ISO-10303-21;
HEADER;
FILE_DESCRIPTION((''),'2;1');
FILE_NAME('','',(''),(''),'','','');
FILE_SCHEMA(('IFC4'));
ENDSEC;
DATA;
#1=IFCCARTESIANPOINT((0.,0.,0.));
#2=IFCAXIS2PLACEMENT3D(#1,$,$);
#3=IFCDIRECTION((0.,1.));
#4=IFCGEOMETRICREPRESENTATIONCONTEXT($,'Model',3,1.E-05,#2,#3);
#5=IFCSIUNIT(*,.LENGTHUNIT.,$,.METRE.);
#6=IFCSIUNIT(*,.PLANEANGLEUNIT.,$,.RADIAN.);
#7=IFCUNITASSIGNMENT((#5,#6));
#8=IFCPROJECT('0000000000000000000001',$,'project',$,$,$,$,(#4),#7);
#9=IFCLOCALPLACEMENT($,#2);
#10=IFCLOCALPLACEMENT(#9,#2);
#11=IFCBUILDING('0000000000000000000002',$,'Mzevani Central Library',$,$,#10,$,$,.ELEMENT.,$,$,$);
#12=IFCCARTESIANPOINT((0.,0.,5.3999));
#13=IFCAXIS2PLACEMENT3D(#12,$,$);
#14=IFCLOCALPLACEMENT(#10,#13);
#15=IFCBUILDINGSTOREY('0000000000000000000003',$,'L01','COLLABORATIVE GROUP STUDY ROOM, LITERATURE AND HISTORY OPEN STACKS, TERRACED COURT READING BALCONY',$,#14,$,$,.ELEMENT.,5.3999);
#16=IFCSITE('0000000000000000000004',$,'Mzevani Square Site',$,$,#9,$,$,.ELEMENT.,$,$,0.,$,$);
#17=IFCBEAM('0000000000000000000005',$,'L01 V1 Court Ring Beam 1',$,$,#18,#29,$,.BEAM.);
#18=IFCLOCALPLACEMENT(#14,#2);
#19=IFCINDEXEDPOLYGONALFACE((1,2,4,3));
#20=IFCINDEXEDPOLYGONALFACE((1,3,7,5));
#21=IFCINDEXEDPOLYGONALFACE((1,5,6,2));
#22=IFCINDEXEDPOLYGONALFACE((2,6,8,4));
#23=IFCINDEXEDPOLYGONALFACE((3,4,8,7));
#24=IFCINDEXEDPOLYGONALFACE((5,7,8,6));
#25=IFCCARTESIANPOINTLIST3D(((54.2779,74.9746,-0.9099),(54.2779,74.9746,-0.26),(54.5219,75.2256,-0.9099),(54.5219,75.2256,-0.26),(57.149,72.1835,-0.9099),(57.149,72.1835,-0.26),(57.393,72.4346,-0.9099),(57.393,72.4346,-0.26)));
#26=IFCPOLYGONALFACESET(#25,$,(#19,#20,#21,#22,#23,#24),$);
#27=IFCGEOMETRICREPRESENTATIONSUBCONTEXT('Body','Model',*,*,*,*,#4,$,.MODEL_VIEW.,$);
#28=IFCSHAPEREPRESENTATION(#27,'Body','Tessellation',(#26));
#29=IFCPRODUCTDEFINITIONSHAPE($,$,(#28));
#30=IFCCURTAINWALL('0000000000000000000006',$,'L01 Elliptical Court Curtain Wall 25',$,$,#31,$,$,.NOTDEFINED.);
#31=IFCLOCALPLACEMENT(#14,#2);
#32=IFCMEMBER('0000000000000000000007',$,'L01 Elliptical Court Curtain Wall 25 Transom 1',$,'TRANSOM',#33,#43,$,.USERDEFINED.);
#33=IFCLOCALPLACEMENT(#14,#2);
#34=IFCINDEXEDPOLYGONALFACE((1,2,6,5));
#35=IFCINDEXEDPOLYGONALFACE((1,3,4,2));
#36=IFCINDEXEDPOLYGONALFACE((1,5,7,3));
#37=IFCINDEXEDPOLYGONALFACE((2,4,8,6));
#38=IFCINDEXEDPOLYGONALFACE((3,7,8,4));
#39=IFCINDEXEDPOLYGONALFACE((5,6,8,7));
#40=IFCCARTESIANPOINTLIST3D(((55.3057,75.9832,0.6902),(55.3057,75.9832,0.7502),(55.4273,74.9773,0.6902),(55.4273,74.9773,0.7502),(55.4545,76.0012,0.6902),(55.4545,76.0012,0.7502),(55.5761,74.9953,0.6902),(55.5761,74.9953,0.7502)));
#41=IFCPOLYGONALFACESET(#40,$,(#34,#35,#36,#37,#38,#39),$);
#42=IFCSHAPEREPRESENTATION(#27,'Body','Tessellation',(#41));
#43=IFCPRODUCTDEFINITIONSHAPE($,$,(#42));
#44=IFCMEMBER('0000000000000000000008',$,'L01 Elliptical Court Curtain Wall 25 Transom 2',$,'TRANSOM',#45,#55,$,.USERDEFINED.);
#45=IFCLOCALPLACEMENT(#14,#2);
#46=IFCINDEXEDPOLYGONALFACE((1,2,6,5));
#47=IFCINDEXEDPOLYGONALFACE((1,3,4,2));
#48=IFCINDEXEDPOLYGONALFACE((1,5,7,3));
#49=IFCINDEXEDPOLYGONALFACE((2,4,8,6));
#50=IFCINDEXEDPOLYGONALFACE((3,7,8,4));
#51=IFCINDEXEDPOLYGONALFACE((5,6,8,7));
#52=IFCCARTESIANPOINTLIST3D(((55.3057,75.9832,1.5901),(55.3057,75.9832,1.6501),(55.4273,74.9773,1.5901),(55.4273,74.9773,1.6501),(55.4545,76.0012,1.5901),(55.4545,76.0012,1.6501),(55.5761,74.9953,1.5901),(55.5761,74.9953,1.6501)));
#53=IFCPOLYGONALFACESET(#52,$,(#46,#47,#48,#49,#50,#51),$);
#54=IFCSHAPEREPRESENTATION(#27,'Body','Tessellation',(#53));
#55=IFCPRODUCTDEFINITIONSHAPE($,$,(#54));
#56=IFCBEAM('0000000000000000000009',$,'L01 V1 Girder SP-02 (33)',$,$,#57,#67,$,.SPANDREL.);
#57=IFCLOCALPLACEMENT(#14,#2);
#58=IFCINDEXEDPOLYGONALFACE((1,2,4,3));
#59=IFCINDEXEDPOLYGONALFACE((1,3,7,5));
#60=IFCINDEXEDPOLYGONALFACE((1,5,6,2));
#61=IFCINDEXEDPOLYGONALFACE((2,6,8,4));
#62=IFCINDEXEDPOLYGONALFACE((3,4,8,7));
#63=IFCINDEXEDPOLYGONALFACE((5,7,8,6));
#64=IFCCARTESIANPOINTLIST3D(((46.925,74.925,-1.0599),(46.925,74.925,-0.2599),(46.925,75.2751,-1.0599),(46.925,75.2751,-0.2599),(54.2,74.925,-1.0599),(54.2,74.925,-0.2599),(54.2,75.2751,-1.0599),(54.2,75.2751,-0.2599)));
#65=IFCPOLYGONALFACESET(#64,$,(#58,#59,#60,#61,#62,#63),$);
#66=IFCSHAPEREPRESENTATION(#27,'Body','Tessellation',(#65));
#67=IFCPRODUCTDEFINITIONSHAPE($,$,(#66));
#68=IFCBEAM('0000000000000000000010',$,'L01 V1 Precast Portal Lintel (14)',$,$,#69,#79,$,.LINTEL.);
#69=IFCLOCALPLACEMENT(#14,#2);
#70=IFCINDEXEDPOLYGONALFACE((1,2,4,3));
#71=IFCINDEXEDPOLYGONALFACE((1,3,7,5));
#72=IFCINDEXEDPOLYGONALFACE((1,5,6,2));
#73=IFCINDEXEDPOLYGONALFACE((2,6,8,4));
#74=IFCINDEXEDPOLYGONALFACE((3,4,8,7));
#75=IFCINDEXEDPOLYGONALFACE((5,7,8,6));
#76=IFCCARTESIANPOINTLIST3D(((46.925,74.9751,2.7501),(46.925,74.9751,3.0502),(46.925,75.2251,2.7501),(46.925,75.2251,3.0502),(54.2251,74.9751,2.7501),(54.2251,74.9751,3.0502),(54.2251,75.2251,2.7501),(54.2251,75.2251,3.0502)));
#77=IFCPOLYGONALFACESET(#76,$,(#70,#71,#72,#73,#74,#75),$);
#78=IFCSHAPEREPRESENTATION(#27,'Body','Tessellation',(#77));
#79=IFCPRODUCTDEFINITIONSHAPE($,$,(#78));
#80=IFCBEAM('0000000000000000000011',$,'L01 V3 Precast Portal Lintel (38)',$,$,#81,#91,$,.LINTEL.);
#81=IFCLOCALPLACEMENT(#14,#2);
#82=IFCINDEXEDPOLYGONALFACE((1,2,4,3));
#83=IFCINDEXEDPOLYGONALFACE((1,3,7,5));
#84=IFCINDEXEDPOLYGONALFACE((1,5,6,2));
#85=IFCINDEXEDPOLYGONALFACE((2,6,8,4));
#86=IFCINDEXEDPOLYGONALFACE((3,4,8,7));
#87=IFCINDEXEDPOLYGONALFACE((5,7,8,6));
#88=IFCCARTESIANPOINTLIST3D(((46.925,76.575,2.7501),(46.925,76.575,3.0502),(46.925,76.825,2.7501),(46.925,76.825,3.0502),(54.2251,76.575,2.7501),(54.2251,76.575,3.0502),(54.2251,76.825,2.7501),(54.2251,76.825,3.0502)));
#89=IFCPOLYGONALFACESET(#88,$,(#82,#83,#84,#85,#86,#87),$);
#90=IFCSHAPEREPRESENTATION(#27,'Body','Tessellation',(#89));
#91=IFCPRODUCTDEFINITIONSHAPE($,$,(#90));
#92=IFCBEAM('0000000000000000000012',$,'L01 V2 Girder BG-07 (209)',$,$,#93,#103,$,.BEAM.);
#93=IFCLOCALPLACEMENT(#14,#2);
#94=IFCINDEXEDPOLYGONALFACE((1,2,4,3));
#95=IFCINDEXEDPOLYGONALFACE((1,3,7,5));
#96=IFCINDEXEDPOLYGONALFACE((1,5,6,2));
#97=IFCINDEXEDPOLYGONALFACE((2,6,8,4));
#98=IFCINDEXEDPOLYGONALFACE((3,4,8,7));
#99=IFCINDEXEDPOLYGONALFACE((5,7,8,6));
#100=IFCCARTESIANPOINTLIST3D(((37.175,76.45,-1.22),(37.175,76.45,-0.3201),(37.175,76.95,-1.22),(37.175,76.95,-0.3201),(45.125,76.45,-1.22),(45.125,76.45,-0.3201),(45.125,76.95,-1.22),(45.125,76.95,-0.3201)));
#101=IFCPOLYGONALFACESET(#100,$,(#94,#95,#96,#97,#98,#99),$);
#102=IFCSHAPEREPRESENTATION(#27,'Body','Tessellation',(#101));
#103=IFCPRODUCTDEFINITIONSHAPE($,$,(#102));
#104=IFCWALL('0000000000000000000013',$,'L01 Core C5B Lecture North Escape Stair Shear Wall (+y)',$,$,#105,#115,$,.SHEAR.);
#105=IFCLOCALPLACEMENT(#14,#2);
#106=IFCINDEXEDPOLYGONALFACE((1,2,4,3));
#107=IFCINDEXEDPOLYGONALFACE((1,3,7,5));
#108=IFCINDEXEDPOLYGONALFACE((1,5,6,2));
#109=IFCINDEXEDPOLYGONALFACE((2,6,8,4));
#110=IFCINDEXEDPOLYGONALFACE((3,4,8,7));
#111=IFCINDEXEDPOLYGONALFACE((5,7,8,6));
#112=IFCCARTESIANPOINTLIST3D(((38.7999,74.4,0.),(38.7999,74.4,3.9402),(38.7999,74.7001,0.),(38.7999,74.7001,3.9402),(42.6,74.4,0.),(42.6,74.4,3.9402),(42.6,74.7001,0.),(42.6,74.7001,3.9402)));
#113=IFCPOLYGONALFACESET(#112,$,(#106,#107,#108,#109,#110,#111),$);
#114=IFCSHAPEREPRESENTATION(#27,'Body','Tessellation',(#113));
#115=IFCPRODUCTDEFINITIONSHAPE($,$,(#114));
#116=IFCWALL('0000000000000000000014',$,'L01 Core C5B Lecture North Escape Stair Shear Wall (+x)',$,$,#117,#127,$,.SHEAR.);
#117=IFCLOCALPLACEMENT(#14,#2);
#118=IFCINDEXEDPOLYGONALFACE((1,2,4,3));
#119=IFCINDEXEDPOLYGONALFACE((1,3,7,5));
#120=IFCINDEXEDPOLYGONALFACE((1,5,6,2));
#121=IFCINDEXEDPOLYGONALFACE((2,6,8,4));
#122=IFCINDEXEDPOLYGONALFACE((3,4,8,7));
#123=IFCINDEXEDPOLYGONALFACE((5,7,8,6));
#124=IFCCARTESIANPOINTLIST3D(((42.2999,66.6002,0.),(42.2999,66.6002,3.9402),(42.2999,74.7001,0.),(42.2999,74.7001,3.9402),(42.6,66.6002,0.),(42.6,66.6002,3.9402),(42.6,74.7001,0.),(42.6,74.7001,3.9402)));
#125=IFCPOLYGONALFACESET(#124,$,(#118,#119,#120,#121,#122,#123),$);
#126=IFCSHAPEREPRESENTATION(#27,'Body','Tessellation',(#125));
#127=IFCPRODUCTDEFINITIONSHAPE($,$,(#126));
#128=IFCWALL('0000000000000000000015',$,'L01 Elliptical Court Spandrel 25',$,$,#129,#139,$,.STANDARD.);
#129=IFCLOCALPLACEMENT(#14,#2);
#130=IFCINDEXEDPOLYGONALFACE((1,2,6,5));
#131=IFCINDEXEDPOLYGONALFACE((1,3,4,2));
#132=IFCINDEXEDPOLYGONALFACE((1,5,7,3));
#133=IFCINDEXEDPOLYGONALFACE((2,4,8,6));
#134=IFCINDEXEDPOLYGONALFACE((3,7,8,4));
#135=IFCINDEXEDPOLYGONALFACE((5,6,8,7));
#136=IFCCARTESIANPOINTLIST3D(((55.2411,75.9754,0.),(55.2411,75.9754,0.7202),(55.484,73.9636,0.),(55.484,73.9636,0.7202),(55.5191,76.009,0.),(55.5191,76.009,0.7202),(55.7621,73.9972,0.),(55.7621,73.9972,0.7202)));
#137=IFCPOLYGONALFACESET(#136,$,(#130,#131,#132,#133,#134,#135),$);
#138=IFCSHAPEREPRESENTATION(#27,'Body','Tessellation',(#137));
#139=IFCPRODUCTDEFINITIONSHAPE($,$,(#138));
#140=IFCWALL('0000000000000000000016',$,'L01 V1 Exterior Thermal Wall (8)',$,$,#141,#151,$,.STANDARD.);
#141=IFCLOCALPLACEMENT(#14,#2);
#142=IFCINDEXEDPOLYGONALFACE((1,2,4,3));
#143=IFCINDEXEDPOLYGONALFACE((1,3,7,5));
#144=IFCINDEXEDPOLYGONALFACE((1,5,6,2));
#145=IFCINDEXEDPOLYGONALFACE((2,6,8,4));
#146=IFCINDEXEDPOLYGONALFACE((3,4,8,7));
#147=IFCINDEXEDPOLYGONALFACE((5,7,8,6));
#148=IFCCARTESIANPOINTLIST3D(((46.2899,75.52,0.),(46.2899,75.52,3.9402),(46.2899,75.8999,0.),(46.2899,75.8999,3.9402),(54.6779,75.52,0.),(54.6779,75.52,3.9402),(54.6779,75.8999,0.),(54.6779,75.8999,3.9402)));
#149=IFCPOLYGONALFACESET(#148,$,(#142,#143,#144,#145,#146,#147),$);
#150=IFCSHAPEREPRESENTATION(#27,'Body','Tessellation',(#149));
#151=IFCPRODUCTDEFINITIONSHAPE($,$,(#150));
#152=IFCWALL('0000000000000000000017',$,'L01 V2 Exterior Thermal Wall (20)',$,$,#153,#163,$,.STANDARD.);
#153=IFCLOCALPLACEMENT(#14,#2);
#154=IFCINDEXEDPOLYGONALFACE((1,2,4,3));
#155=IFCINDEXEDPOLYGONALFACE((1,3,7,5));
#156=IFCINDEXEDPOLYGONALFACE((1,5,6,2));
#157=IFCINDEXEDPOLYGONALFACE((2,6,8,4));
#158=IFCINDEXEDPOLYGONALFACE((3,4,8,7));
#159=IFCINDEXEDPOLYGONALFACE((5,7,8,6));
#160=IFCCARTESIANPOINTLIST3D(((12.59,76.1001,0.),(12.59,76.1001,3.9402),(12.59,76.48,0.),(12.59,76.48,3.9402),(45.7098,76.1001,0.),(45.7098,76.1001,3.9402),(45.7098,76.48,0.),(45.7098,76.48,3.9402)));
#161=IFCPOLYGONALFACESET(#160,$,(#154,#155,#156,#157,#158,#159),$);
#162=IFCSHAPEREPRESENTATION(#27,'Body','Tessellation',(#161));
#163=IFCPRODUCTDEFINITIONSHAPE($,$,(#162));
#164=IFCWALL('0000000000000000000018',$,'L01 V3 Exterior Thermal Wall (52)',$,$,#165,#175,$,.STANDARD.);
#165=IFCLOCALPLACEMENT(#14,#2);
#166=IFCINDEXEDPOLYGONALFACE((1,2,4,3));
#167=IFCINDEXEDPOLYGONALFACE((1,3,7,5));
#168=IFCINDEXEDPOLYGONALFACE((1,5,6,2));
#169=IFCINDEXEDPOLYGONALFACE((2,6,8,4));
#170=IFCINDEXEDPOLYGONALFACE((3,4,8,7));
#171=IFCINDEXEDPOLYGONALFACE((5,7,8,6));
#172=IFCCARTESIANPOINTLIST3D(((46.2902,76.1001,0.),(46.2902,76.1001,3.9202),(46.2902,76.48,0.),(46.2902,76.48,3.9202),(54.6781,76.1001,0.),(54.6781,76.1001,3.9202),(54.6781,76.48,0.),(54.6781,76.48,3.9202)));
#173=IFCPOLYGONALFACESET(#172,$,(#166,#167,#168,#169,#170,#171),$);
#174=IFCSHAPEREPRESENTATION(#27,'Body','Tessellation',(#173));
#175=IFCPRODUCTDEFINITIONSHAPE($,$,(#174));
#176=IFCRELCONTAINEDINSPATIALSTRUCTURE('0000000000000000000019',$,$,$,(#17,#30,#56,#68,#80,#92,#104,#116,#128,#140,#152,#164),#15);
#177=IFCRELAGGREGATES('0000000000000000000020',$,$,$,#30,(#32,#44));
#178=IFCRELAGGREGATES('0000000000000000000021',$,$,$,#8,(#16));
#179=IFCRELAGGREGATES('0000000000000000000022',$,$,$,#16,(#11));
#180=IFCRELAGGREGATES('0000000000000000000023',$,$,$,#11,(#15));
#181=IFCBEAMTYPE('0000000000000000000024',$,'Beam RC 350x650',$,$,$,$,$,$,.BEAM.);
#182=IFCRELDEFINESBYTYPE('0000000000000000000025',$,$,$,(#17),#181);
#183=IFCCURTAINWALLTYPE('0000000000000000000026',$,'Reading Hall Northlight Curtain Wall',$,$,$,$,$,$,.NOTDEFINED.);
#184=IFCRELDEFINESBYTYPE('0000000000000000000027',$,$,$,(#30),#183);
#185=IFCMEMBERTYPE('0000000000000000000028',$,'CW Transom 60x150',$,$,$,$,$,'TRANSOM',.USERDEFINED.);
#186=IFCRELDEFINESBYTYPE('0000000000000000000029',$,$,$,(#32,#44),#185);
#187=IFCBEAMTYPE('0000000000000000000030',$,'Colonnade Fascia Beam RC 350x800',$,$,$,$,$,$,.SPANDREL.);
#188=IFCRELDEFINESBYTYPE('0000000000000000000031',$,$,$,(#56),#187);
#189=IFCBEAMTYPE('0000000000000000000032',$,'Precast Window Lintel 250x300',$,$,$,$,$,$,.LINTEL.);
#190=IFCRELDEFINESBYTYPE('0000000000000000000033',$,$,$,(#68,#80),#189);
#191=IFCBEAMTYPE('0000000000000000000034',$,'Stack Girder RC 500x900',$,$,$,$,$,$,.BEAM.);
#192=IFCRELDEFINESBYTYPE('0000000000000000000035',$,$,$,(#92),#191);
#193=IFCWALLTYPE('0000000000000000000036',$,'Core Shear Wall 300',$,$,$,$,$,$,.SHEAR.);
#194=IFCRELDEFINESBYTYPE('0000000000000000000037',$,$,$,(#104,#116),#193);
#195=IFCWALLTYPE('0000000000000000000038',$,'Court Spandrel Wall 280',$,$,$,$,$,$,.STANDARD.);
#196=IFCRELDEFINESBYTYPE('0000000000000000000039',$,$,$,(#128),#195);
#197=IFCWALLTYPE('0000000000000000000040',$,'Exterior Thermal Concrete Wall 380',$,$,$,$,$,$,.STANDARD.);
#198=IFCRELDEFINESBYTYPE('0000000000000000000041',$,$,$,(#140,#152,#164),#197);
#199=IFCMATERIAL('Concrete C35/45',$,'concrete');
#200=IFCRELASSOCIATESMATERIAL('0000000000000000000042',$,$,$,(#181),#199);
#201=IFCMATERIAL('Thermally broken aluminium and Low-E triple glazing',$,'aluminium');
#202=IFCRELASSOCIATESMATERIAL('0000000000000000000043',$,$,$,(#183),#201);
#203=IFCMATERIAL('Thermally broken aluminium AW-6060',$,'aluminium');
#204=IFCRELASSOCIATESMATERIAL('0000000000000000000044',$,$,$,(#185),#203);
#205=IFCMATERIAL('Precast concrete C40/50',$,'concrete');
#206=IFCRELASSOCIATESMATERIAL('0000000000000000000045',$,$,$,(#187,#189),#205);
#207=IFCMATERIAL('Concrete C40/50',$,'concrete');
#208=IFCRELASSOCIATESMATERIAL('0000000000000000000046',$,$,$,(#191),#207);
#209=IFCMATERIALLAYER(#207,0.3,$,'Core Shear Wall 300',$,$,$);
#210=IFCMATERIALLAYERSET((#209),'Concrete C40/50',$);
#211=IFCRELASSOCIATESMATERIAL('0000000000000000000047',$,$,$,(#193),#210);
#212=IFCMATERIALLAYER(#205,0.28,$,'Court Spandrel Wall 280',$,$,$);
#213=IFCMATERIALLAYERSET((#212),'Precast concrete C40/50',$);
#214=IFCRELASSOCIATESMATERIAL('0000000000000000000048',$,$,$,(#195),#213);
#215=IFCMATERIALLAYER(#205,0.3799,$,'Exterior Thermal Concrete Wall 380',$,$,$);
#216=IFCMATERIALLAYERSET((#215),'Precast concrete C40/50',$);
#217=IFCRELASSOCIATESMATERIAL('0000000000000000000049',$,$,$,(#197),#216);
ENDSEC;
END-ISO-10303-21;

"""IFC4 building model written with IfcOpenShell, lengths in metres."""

from ifc_helpers import new_model, si_unit, direction, frame, frame_2d, origin, origin_2d, place, context, subcontext, project, spatial, rectangle, extrude, material, layer, layer_set, material_profile, profile_set, type_object, element, aggregate, save


model = new_model("IFC4")

# Units and contexts
model_context = context("Model", 3, precision=1e-05, world=origin(), true_north=direction((0.0, 1.0)))
body_context = subcontext(model_context, "Body", "Model", "MODEL_VIEW")
ifc_project = project(units=[si_unit("LENGTHUNIT", "METRE"), si_unit("PLANEANGLEUNIT", "RADIAN")], contexts=[model_context])

# Site, building, storey
site_placement = place(None, origin())
site = spatial("IfcSite", under=ifc_project, at=site_placement, Name="Mzevani Square Site", CompositionType="ELEMENT", RefElevation=0.0)
building_placement = place(site_placement, origin())
building = spatial("IfcBuilding", under=site, at=building_placement, Name="Mzevani Central Library", CompositionType="ELEMENT")
storey_placement = place(building_placement, frame((0.0, 0.0, 5.3999)))
storey = spatial("IfcBuildingStorey", under=building, at=storey_placement, Name="L01", Description="COLLABORATIVE GROUP STUDY ROOM, LITERATURE AND HISTORY OPEN STACKS, TERRACED COURT READING BALCONY", CompositionType="ELEMENT", Elevation=5.3999)

# Shared definitions
ifc_material_1 = material(Name="Concrete C40/50", Category="concrete")

# Beam
ifc_material_2 = material(Name="Concrete C35/45", Category="concrete")
ifc_material_profile_1 = material_profile(ifc_material_2, rectangle(XDim=0.3501, YDim=0.6499, at=origin_2d()), Name="RC B350x650")
ifc_profile_set_1 = profile_set([ifc_material_profile_1], Name="Concrete C35/45")
beam_type_1 = type_object("IfcBeamType", Name="Beam RC 350x650", PredefinedType="BEAM", material=ifc_profile_set_1)
beam_1_placement = place(storey_placement, frame((54.3999, 75.1001, -0.585), z_axis=(0.717036, -0.697037, 0.0), x_axis=(0.697037, 0.717036, 0.0)))
element("IfcBeam", 1, at=beam_1_placement, inside=storey, type_object=beam_type_1, Name="L01 V1 Court Ring Beam 1", PredefinedType="BEAM", context=body_context, shape_type="SweptSolid", body=[
    extrude(rectangle(XDim=0.3501, YDim=0.6499, at=origin_2d()), origin(), (0.0, 0.0, 1.0), 4.0042),
])

# Curtain wall, members
ifc_material_3 = material(Name="Thermally broken aluminium and Low-E triple glazing", Category="aluminium")
curtain_wall_type = type_object("IfcCurtainWallType", Name="Reading Hall Northlight Curtain Wall", PredefinedType="NOTDEFINED", material=ifc_material_3)
curtain_wall_placement = place(storey_placement, origin())
curtain_wall = element("IfcCurtainWall", 2, at=curtain_wall_placement, inside=storey, type_object=curtain_wall_type, Name="L01 Elliptical Court Curtain Wall 25", PredefinedType="NOTDEFINED")
ifc_material_4 = material(Name="Thermally broken aluminium AW-6060", Category="aluminium")
ifc_material_profile_2 = material_profile(ifc_material_4, rectangle(XDim=0.1499, YDim=0.0601, at=origin_2d()), Name="ALU T60x150")
ifc_profile_set_2 = profile_set([ifc_material_profile_2], Name="Thermally broken aluminium AW-6060")
member_type = type_object("IfcMemberType", Name="CW Transom 60x150", ElementType="TRANSOM", PredefinedType="USERDEFINED", material=ifc_profile_set_2)
member_1_placement = place(storey_placement, frame((55.3801, 75.9922, 0.7202), z_axis=(0.12, -0.992774, 0.0), x_axis=(0.992774, 0.12, 0.0)))
member_1 = element("IfcMember", 3, at=member_1_placement, type_object=member_type, Name="L01 Elliptical Court Curtain Wall 25 Transom 1", ObjectType="TRANSOM", PredefinedType="USERDEFINED", context=body_context, shape_type="SweptSolid", body=[
    extrude(rectangle(XDim=0.1499, YDim=0.0601, at=origin_2d()), origin(), (0.0, 0.0, 1.0), 1.0132),
])
member_2_placement = place(storey_placement, frame((55.3801, 75.9922, 1.6201), z_axis=(0.12, -0.992774, 0.0), x_axis=(0.992774, 0.12, 0.0)))
member_2 = element("IfcMember", 4, at=member_2_placement, type_object=member_type, Name="L01 Elliptical Court Curtain Wall 25 Transom 2", ObjectType="TRANSOM", PredefinedType="USERDEFINED", context=body_context, shape_type="SweptSolid", body=[
    extrude(rectangle(XDim=0.1499, YDim=0.0601, at=origin_2d()), origin(), (0.0, 0.0, 1.0), 1.0132),
])
aggregate(curtain_wall, [member_1, member_2])

# Beams
ifc_material_5 = material(Name="Precast concrete C40/50", Category="concrete")
ifc_material_profile_3 = material_profile(ifc_material_5, rectangle(XDim=0.3501, YDim=0.8, at=origin_2d()), Name="RC SP350x800")
ifc_profile_set_3 = profile_set([ifc_material_profile_3], Name="Precast concrete C40/50")
beam_type_2 = type_object("IfcBeamType", Name="Colonnade Fascia Beam RC 350x800", PredefinedType="SPANDREL", material=ifc_profile_set_3)
beam_2_placement = place(storey_placement, frame((46.925, 75.1001, -0.6599), z_axis=(1.0, 0.0, 0.0), x_axis=(0.0, 1.0, 0.0)))
element("IfcBeam", 5, at=beam_2_placement, inside=storey, type_object=beam_type_2, Name="L01 V1 Girder SP-02 (33)", PredefinedType="SPANDREL", context=body_context, shape_type="SweptSolid", body=[
    extrude(rectangle(XDim=0.3501, YDim=0.8, at=origin_2d()), origin(), (0.0, 0.0, 1.0), 7.2749),
])
ifc_material_profile_4 = material_profile(ifc_material_5, rectangle(XDim=0.25, YDim=0.3, at=origin_2d()), Name="PC LN250x300")
ifc_profile_set_4 = profile_set([ifc_material_profile_4], Name="Precast concrete C40/50")
beam_type_3 = type_object("IfcBeamType", Name="Precast Window Lintel 250x300", PredefinedType="LINTEL", material=ifc_profile_set_4)
for number, where, z_axis, x_axis, name in (
    (6, (46.925, 75.1001, 2.9001), (1.0, 0.0, 0.0), (0.0, 1.0, 0.0), "L01 V1 Precast Portal Lintel (14)"),
    (7, (46.925, 76.7, 2.9001), (1.0, 0.0, 0.0), (0.0, 1.0, 0.0), "L01 V3 Precast Portal Lintel (38)"),
):
    element("IfcBeam", number, at=place(storey_placement, frame(where, z_axis=z_axis, x_axis=x_axis)), inside=storey, type_object=beam_type_3, Name=name, PredefinedType="LINTEL", context=body_context, shape_type="SweptSolid", body=[
        extrude(rectangle(XDim=0.25, YDim=0.3, at=origin_2d()), origin(), (0.0, 0.0, 1.0), 7.3),
    ])
ifc_material_profile_5 = material_profile(ifc_material_1, rectangle(XDim=0.5, YDim=0.8999, at=origin_2d()), Name="RC B500x900")
ifc_profile_set_5 = profile_set([ifc_material_profile_5], Name="Concrete C40/50")
beam_type_4 = type_object("IfcBeamType", Name="Stack Girder RC 500x900", PredefinedType="BEAM", material=ifc_profile_set_5)
beam_3_placement = place(storey_placement, frame((37.175, 76.7, -0.77), z_axis=(1.0, 0.0, 0.0), x_axis=(0.0, 1.0, 0.0)))
element("IfcBeam", 8, at=beam_3_placement, inside=storey, type_object=beam_type_4, Name="L01 V2 Girder BG-07 (209)", PredefinedType="BEAM", context=body_context, shape_type="SweptSolid", body=[
    extrude(rectangle(XDim=0.5, YDim=0.8999, at=origin_2d()), origin(), (0.0, 0.0, 1.0), 7.95),
])

# Walls
ifc_layer_1 = layer(ifc_material_1, 0.3, Name="Core Shear Wall 300")
ifc_layer_set_1 = layer_set([ifc_layer_1], Name="Concrete C40/50")
wall_type_1 = type_object("IfcWallType", Name="Core Shear Wall 300", PredefinedType="SHEAR", material=ifc_layer_set_1)
wall_1_placement = place(storey_placement, frame((38.8, 74.55, 0.0), z_axis=(0.0, 0.0, 1.0), x_axis=(1.0, 0.0, 0.0)))
element("IfcWall", 9, at=wall_1_placement, inside=storey, type_object=wall_type_1, Name="L01 Core C5B Lecture North Escape Stair Shear Wall (+y)", PredefinedType="SHEAR", context=body_context, shape_type="SweptSolid", body=[
    extrude(rectangle(XDim=3.8, YDim=0.3, at=frame_2d((1.8999, 0.0))), origin(), (0.0, 0.0, 1.0), 3.9402),
])
wall_2_placement = place(storey_placement, frame((42.45, 74.7, 0.0), z_axis=(0.0, 0.0, 1.0), x_axis=(0.0, -1.0, 0.0)))
element("IfcWall", 10, at=wall_2_placement, inside=storey, type_object=wall_type_1, Name="L01 Core C5B Lecture North Escape Stair Shear Wall (+x)", PredefinedType="SHEAR", context=body_context, shape_type="SweptSolid", body=[
    extrude(rectangle(XDim=8.0999, YDim=0.3, at=frame_2d((4.0498, 0.0))), origin(), (0.0, 0.0, 1.0), 3.9402),
])
ifc_layer_2 = layer(ifc_material_5, 0.28, Name="Court Spandrel Wall 280")
ifc_layer_set_2 = layer_set([ifc_layer_2], Name="Precast concrete C40/50")
wall_type_2 = type_object("IfcWallType", Name="Court Spandrel Wall 280", PredefinedType="STANDARD", material=ifc_layer_set_2)
wall_3_placement = place(storey_placement, frame((55.3801, 75.9922, 0.0), z_axis=(0.0, 0.0, 1.0), x_axis=(0.119882, -0.992788, 0.0)))
element("IfcWall", 11, at=wall_3_placement, inside=storey, type_object=wall_type_2, Name="L01 Elliptical Court Spandrel 25", PredefinedType="STANDARD", context=body_context, shape_type="SweptSolid", body=[
    extrude(rectangle(XDim=2.0264, YDim=0.28, at=frame_2d((1.0132, 0.0))), origin(), (0.0, 0.0, 1.0), 0.7202),
])
ifc_layer_3 = layer(ifc_material_5, 0.3799, Name="Exterior Thermal Concrete Wall 380")
ifc_layer_set_3 = layer_set([ifc_layer_3], Name="Precast concrete C40/50")
wall_type_3 = type_object("IfcWallType", Name="Exterior Thermal Concrete Wall 380", PredefinedType="STANDARD", material=ifc_layer_set_3)
wall_4_placement = place(storey_placement, frame((46.29, 75.71, 0.0), z_axis=(0.0, 0.0, 1.0), x_axis=(1.0, 0.0, 0.0)))
element("IfcWall", 12, at=wall_4_placement, inside=storey, type_object=wall_type_3, Name="L01 V1 Exterior Thermal Wall (8)", PredefinedType="STANDARD", context=body_context, shape_type="SweptSolid", body=[
    extrude(rectangle(XDim=8.3879, YDim=0.3799, at=frame_2d((4.1938, 0.0))), origin(), (0.0, 0.0, 1.0), 3.9402),
])
wall_5_placement = place(storey_placement, frame((45.71, 76.29, 0.0), z_axis=(0.0, 0.0, 1.0), x_axis=(-1.0, 0.0, 0.0)))
element("IfcWall", 13, at=wall_5_placement, inside=storey, type_object=wall_type_3, Name="L01 V2 Exterior Thermal Wall (20)", PredefinedType="STANDARD", context=body_context, shape_type="SweptSolid", body=[
    extrude(rectangle(XDim=33.1199, YDim=0.3799, at=frame_2d((16.5601, 0.0))), origin(), (0.0, 0.0, 1.0), 3.9402),
])
wall_6_placement = place(storey_placement, frame((54.678, 76.29, 0.0), z_axis=(0.0, 0.0, 1.0), x_axis=(-1.0, 0.0, 0.0)))
element("IfcWall", 14, at=wall_6_placement, inside=storey, type_object=wall_type_3, Name="L01 V3 Exterior Thermal Wall (52)", PredefinedType="STANDARD", context=body_context, shape_type="SweptSolid", body=[
    extrude(rectangle(XDim=8.3879, YDim=0.3799, at=frame_2d((4.1938, 0.0))), origin(), (0.0, 0.0, 1.0), 3.9202),
])

save(model, "model.ifc")
